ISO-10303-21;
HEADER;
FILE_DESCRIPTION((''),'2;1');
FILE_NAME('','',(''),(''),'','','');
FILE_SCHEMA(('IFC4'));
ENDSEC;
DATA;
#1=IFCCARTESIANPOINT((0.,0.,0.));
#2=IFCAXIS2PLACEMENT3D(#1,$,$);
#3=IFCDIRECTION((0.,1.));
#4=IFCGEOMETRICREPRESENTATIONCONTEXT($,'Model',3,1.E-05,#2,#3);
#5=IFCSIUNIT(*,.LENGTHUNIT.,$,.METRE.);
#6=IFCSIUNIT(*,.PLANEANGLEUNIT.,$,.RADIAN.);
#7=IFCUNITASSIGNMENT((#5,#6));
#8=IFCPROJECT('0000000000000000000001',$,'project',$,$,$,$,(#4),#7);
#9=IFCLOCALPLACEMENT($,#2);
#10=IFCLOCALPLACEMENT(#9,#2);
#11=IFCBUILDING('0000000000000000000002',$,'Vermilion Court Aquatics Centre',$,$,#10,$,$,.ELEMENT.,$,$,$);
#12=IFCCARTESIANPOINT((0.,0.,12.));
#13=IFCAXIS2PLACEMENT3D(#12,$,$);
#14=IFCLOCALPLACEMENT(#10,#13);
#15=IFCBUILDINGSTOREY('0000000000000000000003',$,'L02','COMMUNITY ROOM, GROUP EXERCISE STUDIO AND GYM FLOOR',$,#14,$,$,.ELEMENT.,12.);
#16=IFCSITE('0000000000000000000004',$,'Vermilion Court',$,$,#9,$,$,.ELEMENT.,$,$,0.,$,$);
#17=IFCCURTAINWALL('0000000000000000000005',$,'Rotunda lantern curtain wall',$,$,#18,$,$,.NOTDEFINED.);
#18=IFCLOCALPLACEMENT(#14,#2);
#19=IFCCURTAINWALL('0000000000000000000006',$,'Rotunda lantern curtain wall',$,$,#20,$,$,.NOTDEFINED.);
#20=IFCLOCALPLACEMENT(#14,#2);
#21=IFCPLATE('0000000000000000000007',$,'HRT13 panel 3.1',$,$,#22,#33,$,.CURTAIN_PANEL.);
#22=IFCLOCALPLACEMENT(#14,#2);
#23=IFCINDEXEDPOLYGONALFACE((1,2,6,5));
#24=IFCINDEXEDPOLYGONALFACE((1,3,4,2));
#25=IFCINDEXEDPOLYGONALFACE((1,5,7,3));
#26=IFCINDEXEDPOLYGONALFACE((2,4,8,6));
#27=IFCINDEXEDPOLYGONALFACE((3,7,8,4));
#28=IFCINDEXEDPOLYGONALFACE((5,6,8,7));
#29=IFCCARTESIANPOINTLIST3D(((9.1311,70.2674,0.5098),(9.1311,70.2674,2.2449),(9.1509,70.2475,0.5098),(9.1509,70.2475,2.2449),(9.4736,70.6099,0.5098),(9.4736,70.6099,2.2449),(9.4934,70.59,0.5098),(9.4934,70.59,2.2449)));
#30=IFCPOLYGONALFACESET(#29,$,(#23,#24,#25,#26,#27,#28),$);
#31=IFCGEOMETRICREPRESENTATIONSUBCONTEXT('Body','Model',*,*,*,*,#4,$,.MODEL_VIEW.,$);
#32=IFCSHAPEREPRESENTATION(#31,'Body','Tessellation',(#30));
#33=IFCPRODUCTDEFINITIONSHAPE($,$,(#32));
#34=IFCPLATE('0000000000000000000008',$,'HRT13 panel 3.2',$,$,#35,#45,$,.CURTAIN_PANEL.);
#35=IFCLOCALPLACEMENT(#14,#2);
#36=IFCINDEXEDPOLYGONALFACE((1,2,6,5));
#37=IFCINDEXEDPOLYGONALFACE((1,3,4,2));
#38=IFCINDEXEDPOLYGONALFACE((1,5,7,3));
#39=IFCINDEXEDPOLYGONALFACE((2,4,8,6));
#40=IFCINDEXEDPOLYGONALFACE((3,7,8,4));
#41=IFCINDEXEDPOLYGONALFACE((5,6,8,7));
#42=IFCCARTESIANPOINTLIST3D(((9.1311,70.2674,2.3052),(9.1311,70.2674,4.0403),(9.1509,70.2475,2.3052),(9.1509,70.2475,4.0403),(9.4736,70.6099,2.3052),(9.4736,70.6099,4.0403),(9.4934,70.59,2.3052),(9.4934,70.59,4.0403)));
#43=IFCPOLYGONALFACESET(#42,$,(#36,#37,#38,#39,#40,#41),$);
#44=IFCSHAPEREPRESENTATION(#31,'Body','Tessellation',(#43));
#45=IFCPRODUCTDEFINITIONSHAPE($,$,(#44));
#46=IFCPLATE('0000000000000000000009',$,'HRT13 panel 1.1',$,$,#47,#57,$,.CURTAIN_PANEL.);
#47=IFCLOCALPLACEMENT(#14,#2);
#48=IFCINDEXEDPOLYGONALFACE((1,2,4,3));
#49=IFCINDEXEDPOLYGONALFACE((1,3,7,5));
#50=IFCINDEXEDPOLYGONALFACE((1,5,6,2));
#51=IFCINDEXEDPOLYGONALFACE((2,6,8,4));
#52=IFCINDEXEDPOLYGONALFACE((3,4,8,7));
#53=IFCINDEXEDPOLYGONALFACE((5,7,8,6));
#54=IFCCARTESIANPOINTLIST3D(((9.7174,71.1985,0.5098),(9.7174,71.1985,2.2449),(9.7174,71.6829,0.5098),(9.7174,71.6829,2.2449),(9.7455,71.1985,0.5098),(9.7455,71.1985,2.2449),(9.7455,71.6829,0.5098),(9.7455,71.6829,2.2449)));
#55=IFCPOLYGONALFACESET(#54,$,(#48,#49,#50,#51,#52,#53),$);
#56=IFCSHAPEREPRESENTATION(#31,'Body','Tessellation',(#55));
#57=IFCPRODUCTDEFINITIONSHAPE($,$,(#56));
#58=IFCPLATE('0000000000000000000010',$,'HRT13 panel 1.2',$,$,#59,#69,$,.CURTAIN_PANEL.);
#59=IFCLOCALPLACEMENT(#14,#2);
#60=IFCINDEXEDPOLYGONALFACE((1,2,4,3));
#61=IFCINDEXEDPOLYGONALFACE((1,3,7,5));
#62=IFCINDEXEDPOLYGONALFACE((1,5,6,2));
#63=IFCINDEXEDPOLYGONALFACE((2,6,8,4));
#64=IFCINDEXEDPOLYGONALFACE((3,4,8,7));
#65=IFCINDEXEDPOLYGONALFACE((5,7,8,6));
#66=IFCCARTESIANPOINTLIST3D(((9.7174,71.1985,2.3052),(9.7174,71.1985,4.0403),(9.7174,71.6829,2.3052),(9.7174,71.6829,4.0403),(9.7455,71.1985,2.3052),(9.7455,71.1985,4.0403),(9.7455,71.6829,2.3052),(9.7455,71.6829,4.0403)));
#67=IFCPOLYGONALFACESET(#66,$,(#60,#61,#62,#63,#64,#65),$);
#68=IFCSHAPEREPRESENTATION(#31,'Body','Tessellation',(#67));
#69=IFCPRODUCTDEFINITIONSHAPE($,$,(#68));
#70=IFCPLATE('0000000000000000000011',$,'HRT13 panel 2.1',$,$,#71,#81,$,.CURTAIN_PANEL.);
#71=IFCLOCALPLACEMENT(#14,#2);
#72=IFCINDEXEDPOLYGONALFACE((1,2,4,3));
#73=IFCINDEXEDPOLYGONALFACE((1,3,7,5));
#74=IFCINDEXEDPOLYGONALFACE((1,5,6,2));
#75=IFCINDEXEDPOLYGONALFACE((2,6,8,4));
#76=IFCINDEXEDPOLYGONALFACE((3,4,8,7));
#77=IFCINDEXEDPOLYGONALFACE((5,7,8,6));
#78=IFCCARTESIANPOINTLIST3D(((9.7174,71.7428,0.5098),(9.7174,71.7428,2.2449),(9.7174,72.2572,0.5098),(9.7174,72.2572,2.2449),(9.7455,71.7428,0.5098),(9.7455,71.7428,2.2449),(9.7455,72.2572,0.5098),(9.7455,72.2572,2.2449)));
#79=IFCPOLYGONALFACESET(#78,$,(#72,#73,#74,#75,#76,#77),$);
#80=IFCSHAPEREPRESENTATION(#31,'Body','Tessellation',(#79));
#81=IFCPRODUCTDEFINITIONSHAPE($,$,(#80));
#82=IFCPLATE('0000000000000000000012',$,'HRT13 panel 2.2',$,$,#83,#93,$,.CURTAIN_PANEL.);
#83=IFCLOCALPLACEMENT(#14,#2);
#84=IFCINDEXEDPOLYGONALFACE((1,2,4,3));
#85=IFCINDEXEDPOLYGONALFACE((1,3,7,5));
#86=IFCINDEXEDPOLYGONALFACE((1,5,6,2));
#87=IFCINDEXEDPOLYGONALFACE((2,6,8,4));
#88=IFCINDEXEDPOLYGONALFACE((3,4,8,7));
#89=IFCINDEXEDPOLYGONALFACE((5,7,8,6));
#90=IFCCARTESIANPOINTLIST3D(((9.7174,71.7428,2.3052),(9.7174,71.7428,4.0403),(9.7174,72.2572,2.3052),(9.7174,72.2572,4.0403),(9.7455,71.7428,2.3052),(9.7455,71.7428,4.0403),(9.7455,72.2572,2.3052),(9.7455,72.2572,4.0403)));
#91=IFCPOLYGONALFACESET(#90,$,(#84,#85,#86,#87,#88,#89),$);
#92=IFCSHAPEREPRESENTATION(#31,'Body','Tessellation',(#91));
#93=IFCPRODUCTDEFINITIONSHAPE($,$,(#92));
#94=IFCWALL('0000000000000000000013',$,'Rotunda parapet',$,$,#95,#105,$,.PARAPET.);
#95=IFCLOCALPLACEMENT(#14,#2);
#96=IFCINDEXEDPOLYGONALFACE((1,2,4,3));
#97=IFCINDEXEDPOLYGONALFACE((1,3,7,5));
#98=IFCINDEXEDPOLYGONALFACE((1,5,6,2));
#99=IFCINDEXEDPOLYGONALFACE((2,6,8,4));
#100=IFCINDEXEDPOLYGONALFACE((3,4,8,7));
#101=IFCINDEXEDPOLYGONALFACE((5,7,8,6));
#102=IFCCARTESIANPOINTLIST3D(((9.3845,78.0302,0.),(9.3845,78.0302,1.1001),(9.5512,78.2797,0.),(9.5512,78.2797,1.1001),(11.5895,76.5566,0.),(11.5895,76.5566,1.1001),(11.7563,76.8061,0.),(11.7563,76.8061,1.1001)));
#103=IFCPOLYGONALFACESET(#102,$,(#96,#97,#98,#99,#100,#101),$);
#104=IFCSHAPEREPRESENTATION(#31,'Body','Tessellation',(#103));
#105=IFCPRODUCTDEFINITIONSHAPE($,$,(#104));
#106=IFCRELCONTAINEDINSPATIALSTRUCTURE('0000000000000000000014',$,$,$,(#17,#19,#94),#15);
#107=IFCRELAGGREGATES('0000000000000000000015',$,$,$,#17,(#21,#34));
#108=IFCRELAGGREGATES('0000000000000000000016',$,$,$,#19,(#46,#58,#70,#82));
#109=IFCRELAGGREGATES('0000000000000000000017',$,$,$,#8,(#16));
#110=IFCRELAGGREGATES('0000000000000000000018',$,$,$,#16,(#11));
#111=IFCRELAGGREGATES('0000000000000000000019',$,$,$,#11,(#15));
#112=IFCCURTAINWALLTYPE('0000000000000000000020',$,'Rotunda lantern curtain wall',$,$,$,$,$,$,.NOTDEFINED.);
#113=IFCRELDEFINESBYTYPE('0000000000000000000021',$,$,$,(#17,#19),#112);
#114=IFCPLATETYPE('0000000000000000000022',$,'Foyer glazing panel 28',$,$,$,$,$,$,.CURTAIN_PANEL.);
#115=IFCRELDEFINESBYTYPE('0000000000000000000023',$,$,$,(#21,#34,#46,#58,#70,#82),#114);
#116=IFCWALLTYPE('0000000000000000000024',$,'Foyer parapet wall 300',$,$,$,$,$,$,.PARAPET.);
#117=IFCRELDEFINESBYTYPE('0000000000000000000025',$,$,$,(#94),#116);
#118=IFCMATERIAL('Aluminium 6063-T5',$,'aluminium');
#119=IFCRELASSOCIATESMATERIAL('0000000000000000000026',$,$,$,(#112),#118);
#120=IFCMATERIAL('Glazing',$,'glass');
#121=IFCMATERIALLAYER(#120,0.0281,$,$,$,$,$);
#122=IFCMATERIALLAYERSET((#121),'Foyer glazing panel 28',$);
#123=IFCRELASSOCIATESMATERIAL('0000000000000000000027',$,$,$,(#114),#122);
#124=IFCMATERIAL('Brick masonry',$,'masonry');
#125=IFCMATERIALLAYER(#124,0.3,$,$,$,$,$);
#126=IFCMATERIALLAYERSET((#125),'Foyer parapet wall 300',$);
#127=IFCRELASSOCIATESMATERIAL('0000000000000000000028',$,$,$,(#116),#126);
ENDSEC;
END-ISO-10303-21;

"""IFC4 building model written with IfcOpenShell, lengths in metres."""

from ifc_helpers import new_model, si_unit, direction, frame, frame_2d, origin, origin_2d, place, context, subcontext, project, spatial, rectangle, extrude, material, layer, layer_set, type_object, element, aggregate, save


model = new_model("IFC4")

# Units and contexts
model_context = context("Model", 3, precision=1e-05, world=origin(), true_north=direction((0.0, 1.0)))
body_context = subcontext(model_context, "Body", "Model", "MODEL_VIEW")
ifc_project = project(units=[si_unit("LENGTHUNIT", "METRE"), si_unit("PLANEANGLEUNIT", "RADIAN")], contexts=[model_context])

# Site, building, storey
site_placement = place(None, origin())
site = spatial("IfcSite", under=ifc_project, at=site_placement, Name="Vermilion Court", CompositionType="ELEMENT", RefElevation=0.0)
building_placement = place(site_placement, origin())
building = spatial("IfcBuilding", under=site, at=building_placement, Name="Vermilion Court Aquatics Centre", CompositionType="ELEMENT")
storey_placement = place(building_placement, frame((0.0, 0.0, 12.0)))
storey = spatial("IfcBuildingStorey", under=building, at=storey_placement, Name="L02", Description="COMMUNITY ROOM, GROUP EXERCISE STUDIO AND GYM FLOOR", CompositionType="ELEMENT", Elevation=12.0)

# Curtain walls
ifc_material_1 = material(Name="Aluminium 6063-T5", Category="aluminium")
curtain_wall_type = type_object("IfcCurtainWallType", Name="Rotunda lantern curtain wall", PredefinedType="NOTDEFINED", material=ifc_material_1)
curtain_wall_1_placement = place(storey_placement, origin())
curtain_wall_1 = element("IfcCurtainWall", 1, at=curtain_wall_1_placement, inside=storey, type_object=curtain_wall_type, Name="Rotunda lantern curtain wall", PredefinedType="NOTDEFINED")
curtain_wall_2_placement = place(storey_placement, origin())
curtain_wall_2 = element("IfcCurtainWall", 2, at=curtain_wall_2_placement, inside=storey, type_object=curtain_wall_type, Name="Rotunda lantern curtain wall", PredefinedType="NOTDEFINED")

# Plates
ifc_material_2 = material(Name="Glazing", Category="glass")
ifc_layer_1 = layer(ifc_material_2, 0.0281)
ifc_layer_set_1 = layer_set([ifc_layer_1], Name="Foyer glazing panel 28")
plate_type = type_object("IfcPlateType", Name="Foyer glazing panel 28", PredefinedType="CURTAIN_PANEL", material=ifc_layer_set_1)
plate_1_placement = place(storey_placement, frame((9.3123, 70.4287, 0.5098), z_axis=(0.0, 0.0, 1.0), x_axis=(0.707107, 0.707107, 0.0)))
plate_1 = element("IfcPlate", 3, at=plate_1_placement, type_object=plate_type, Name="HRT13 panel 3.1", PredefinedType="CURTAIN_PANEL", context=body_context, shape_type="SweptSolid", body=[
    extrude(rectangle(XDim=0.4844, YDim=0.0281, at=origin_2d()), origin(), (0.0, 0.0, 1.0), 1.7351),
])
plate_2_placement = place(storey_placement, frame((9.3123, 70.4287, 2.3052), z_axis=(0.0, 0.0, 1.0), x_axis=(0.707107, 0.707107, 0.0)))
plate_2 = element("IfcPlate", 4, at=plate_2_placement, type_object=plate_type, Name="HRT13 panel 3.2", PredefinedType="CURTAIN_PANEL", context=body_context, shape_type="SweptSolid", body=[
    extrude(rectangle(XDim=0.4844, YDim=0.0281, at=origin_2d()), origin(), (0.0, 0.0, 1.0), 1.7351),
])
aggregate(curtain_wall_1, [plate_1, plate_2])
plate_3_placement = place(storey_placement, frame((9.7314, 71.4407, 0.5098), z_axis=(0.0, 0.0, 1.0), x_axis=(0.0, 1.0, 0.0)))
plate_3 = element("IfcPlate", 5, at=plate_3_placement, type_object=plate_type, Name="HRT13 panel 1.1", PredefinedType="CURTAIN_PANEL", context=body_context, shape_type="SweptSolid", body=[
    extrude(rectangle(XDim=0.4844, YDim=0.0281, at=origin_2d()), origin(), (0.0, 0.0, 1.0), 1.7351),
])
plate_4_placement = place(storey_placement, frame((9.7314, 71.4407, 2.3052), z_axis=(0.0, 0.0, 1.0), x_axis=(0.0, 1.0, 0.0)))
plate_4 = element("IfcPlate", 6, at=plate_4_placement, type_object=plate_type, Name="HRT13 panel 1.2", PredefinedType="CURTAIN_PANEL", context=body_context, shape_type="SweptSolid", body=[
    extrude(rectangle(XDim=0.4844, YDim=0.0281, at=origin_2d()), origin(), (0.0, 0.0, 1.0), 1.7351),
])
plate_5_placement = place(storey_placement, frame((9.7314, 72.0, 0.5098), z_axis=(0.0, 0.0, 1.0), x_axis=(0.0, 1.0, 0.0)))
plate_5 = element("IfcPlate", 7, at=plate_5_placement, type_object=plate_type, Name="HRT13 panel 2.1", PredefinedType="CURTAIN_PANEL", context=body_context, shape_type="SweptSolid", body=[
    extrude(rectangle(XDim=0.5144, YDim=0.0281, at=origin_2d()), origin(), (0.0, 0.0, 1.0), 1.7351),
])
plate_6_placement = place(storey_placement, frame((9.7314, 72.0, 2.3052), z_axis=(0.0, 0.0, 1.0), x_axis=(0.0, 1.0, 0.0)))
plate_6 = element("IfcPlate", 8, at=plate_6_placement, type_object=plate_type, Name="HRT13 panel 2.2", PredefinedType="CURTAIN_PANEL", context=body_context, shape_type="SweptSolid", body=[
    extrude(rectangle(XDim=0.5144, YDim=0.0281, at=origin_2d()), origin(), (0.0, 0.0, 1.0), 1.7351),
])
aggregate(curtain_wall_2, [plate_3, plate_4, plate_5, plate_6])

# Wall
ifc_material_3 = material(Name="Brick masonry", Category="masonry")
ifc_layer_2 = layer(ifc_material_3, 0.3)
ifc_layer_set_2 = layer_set([ifc_layer_2], Name="Foyer parapet wall 300")
wall_type = type_object("IfcWallType", Name="Foyer parapet wall 300", PredefinedType="PARAPET", material=ifc_layer_set_2)
wall_placement = place(storey_placement, frame((9.4678, 78.155, 0.0), z_axis=(0.0, 0.0, 1.0), x_axis=(0.831427, -0.555635, 0.0)))
element("IfcWall", 9, at=wall_placement, inside=storey, type_object=wall_type, Name="Rotunda parapet", PredefinedType="PARAPET", context=body_context, shape_type="SweptSolid", body=[
    extrude(rectangle(XDim=2.6521, YDim=0.3, at=frame_2d((1.3262, 0.0))), origin(), (0.0, 0.0, 1.0), 1.1001),
])

save(model, "model.ifc")
